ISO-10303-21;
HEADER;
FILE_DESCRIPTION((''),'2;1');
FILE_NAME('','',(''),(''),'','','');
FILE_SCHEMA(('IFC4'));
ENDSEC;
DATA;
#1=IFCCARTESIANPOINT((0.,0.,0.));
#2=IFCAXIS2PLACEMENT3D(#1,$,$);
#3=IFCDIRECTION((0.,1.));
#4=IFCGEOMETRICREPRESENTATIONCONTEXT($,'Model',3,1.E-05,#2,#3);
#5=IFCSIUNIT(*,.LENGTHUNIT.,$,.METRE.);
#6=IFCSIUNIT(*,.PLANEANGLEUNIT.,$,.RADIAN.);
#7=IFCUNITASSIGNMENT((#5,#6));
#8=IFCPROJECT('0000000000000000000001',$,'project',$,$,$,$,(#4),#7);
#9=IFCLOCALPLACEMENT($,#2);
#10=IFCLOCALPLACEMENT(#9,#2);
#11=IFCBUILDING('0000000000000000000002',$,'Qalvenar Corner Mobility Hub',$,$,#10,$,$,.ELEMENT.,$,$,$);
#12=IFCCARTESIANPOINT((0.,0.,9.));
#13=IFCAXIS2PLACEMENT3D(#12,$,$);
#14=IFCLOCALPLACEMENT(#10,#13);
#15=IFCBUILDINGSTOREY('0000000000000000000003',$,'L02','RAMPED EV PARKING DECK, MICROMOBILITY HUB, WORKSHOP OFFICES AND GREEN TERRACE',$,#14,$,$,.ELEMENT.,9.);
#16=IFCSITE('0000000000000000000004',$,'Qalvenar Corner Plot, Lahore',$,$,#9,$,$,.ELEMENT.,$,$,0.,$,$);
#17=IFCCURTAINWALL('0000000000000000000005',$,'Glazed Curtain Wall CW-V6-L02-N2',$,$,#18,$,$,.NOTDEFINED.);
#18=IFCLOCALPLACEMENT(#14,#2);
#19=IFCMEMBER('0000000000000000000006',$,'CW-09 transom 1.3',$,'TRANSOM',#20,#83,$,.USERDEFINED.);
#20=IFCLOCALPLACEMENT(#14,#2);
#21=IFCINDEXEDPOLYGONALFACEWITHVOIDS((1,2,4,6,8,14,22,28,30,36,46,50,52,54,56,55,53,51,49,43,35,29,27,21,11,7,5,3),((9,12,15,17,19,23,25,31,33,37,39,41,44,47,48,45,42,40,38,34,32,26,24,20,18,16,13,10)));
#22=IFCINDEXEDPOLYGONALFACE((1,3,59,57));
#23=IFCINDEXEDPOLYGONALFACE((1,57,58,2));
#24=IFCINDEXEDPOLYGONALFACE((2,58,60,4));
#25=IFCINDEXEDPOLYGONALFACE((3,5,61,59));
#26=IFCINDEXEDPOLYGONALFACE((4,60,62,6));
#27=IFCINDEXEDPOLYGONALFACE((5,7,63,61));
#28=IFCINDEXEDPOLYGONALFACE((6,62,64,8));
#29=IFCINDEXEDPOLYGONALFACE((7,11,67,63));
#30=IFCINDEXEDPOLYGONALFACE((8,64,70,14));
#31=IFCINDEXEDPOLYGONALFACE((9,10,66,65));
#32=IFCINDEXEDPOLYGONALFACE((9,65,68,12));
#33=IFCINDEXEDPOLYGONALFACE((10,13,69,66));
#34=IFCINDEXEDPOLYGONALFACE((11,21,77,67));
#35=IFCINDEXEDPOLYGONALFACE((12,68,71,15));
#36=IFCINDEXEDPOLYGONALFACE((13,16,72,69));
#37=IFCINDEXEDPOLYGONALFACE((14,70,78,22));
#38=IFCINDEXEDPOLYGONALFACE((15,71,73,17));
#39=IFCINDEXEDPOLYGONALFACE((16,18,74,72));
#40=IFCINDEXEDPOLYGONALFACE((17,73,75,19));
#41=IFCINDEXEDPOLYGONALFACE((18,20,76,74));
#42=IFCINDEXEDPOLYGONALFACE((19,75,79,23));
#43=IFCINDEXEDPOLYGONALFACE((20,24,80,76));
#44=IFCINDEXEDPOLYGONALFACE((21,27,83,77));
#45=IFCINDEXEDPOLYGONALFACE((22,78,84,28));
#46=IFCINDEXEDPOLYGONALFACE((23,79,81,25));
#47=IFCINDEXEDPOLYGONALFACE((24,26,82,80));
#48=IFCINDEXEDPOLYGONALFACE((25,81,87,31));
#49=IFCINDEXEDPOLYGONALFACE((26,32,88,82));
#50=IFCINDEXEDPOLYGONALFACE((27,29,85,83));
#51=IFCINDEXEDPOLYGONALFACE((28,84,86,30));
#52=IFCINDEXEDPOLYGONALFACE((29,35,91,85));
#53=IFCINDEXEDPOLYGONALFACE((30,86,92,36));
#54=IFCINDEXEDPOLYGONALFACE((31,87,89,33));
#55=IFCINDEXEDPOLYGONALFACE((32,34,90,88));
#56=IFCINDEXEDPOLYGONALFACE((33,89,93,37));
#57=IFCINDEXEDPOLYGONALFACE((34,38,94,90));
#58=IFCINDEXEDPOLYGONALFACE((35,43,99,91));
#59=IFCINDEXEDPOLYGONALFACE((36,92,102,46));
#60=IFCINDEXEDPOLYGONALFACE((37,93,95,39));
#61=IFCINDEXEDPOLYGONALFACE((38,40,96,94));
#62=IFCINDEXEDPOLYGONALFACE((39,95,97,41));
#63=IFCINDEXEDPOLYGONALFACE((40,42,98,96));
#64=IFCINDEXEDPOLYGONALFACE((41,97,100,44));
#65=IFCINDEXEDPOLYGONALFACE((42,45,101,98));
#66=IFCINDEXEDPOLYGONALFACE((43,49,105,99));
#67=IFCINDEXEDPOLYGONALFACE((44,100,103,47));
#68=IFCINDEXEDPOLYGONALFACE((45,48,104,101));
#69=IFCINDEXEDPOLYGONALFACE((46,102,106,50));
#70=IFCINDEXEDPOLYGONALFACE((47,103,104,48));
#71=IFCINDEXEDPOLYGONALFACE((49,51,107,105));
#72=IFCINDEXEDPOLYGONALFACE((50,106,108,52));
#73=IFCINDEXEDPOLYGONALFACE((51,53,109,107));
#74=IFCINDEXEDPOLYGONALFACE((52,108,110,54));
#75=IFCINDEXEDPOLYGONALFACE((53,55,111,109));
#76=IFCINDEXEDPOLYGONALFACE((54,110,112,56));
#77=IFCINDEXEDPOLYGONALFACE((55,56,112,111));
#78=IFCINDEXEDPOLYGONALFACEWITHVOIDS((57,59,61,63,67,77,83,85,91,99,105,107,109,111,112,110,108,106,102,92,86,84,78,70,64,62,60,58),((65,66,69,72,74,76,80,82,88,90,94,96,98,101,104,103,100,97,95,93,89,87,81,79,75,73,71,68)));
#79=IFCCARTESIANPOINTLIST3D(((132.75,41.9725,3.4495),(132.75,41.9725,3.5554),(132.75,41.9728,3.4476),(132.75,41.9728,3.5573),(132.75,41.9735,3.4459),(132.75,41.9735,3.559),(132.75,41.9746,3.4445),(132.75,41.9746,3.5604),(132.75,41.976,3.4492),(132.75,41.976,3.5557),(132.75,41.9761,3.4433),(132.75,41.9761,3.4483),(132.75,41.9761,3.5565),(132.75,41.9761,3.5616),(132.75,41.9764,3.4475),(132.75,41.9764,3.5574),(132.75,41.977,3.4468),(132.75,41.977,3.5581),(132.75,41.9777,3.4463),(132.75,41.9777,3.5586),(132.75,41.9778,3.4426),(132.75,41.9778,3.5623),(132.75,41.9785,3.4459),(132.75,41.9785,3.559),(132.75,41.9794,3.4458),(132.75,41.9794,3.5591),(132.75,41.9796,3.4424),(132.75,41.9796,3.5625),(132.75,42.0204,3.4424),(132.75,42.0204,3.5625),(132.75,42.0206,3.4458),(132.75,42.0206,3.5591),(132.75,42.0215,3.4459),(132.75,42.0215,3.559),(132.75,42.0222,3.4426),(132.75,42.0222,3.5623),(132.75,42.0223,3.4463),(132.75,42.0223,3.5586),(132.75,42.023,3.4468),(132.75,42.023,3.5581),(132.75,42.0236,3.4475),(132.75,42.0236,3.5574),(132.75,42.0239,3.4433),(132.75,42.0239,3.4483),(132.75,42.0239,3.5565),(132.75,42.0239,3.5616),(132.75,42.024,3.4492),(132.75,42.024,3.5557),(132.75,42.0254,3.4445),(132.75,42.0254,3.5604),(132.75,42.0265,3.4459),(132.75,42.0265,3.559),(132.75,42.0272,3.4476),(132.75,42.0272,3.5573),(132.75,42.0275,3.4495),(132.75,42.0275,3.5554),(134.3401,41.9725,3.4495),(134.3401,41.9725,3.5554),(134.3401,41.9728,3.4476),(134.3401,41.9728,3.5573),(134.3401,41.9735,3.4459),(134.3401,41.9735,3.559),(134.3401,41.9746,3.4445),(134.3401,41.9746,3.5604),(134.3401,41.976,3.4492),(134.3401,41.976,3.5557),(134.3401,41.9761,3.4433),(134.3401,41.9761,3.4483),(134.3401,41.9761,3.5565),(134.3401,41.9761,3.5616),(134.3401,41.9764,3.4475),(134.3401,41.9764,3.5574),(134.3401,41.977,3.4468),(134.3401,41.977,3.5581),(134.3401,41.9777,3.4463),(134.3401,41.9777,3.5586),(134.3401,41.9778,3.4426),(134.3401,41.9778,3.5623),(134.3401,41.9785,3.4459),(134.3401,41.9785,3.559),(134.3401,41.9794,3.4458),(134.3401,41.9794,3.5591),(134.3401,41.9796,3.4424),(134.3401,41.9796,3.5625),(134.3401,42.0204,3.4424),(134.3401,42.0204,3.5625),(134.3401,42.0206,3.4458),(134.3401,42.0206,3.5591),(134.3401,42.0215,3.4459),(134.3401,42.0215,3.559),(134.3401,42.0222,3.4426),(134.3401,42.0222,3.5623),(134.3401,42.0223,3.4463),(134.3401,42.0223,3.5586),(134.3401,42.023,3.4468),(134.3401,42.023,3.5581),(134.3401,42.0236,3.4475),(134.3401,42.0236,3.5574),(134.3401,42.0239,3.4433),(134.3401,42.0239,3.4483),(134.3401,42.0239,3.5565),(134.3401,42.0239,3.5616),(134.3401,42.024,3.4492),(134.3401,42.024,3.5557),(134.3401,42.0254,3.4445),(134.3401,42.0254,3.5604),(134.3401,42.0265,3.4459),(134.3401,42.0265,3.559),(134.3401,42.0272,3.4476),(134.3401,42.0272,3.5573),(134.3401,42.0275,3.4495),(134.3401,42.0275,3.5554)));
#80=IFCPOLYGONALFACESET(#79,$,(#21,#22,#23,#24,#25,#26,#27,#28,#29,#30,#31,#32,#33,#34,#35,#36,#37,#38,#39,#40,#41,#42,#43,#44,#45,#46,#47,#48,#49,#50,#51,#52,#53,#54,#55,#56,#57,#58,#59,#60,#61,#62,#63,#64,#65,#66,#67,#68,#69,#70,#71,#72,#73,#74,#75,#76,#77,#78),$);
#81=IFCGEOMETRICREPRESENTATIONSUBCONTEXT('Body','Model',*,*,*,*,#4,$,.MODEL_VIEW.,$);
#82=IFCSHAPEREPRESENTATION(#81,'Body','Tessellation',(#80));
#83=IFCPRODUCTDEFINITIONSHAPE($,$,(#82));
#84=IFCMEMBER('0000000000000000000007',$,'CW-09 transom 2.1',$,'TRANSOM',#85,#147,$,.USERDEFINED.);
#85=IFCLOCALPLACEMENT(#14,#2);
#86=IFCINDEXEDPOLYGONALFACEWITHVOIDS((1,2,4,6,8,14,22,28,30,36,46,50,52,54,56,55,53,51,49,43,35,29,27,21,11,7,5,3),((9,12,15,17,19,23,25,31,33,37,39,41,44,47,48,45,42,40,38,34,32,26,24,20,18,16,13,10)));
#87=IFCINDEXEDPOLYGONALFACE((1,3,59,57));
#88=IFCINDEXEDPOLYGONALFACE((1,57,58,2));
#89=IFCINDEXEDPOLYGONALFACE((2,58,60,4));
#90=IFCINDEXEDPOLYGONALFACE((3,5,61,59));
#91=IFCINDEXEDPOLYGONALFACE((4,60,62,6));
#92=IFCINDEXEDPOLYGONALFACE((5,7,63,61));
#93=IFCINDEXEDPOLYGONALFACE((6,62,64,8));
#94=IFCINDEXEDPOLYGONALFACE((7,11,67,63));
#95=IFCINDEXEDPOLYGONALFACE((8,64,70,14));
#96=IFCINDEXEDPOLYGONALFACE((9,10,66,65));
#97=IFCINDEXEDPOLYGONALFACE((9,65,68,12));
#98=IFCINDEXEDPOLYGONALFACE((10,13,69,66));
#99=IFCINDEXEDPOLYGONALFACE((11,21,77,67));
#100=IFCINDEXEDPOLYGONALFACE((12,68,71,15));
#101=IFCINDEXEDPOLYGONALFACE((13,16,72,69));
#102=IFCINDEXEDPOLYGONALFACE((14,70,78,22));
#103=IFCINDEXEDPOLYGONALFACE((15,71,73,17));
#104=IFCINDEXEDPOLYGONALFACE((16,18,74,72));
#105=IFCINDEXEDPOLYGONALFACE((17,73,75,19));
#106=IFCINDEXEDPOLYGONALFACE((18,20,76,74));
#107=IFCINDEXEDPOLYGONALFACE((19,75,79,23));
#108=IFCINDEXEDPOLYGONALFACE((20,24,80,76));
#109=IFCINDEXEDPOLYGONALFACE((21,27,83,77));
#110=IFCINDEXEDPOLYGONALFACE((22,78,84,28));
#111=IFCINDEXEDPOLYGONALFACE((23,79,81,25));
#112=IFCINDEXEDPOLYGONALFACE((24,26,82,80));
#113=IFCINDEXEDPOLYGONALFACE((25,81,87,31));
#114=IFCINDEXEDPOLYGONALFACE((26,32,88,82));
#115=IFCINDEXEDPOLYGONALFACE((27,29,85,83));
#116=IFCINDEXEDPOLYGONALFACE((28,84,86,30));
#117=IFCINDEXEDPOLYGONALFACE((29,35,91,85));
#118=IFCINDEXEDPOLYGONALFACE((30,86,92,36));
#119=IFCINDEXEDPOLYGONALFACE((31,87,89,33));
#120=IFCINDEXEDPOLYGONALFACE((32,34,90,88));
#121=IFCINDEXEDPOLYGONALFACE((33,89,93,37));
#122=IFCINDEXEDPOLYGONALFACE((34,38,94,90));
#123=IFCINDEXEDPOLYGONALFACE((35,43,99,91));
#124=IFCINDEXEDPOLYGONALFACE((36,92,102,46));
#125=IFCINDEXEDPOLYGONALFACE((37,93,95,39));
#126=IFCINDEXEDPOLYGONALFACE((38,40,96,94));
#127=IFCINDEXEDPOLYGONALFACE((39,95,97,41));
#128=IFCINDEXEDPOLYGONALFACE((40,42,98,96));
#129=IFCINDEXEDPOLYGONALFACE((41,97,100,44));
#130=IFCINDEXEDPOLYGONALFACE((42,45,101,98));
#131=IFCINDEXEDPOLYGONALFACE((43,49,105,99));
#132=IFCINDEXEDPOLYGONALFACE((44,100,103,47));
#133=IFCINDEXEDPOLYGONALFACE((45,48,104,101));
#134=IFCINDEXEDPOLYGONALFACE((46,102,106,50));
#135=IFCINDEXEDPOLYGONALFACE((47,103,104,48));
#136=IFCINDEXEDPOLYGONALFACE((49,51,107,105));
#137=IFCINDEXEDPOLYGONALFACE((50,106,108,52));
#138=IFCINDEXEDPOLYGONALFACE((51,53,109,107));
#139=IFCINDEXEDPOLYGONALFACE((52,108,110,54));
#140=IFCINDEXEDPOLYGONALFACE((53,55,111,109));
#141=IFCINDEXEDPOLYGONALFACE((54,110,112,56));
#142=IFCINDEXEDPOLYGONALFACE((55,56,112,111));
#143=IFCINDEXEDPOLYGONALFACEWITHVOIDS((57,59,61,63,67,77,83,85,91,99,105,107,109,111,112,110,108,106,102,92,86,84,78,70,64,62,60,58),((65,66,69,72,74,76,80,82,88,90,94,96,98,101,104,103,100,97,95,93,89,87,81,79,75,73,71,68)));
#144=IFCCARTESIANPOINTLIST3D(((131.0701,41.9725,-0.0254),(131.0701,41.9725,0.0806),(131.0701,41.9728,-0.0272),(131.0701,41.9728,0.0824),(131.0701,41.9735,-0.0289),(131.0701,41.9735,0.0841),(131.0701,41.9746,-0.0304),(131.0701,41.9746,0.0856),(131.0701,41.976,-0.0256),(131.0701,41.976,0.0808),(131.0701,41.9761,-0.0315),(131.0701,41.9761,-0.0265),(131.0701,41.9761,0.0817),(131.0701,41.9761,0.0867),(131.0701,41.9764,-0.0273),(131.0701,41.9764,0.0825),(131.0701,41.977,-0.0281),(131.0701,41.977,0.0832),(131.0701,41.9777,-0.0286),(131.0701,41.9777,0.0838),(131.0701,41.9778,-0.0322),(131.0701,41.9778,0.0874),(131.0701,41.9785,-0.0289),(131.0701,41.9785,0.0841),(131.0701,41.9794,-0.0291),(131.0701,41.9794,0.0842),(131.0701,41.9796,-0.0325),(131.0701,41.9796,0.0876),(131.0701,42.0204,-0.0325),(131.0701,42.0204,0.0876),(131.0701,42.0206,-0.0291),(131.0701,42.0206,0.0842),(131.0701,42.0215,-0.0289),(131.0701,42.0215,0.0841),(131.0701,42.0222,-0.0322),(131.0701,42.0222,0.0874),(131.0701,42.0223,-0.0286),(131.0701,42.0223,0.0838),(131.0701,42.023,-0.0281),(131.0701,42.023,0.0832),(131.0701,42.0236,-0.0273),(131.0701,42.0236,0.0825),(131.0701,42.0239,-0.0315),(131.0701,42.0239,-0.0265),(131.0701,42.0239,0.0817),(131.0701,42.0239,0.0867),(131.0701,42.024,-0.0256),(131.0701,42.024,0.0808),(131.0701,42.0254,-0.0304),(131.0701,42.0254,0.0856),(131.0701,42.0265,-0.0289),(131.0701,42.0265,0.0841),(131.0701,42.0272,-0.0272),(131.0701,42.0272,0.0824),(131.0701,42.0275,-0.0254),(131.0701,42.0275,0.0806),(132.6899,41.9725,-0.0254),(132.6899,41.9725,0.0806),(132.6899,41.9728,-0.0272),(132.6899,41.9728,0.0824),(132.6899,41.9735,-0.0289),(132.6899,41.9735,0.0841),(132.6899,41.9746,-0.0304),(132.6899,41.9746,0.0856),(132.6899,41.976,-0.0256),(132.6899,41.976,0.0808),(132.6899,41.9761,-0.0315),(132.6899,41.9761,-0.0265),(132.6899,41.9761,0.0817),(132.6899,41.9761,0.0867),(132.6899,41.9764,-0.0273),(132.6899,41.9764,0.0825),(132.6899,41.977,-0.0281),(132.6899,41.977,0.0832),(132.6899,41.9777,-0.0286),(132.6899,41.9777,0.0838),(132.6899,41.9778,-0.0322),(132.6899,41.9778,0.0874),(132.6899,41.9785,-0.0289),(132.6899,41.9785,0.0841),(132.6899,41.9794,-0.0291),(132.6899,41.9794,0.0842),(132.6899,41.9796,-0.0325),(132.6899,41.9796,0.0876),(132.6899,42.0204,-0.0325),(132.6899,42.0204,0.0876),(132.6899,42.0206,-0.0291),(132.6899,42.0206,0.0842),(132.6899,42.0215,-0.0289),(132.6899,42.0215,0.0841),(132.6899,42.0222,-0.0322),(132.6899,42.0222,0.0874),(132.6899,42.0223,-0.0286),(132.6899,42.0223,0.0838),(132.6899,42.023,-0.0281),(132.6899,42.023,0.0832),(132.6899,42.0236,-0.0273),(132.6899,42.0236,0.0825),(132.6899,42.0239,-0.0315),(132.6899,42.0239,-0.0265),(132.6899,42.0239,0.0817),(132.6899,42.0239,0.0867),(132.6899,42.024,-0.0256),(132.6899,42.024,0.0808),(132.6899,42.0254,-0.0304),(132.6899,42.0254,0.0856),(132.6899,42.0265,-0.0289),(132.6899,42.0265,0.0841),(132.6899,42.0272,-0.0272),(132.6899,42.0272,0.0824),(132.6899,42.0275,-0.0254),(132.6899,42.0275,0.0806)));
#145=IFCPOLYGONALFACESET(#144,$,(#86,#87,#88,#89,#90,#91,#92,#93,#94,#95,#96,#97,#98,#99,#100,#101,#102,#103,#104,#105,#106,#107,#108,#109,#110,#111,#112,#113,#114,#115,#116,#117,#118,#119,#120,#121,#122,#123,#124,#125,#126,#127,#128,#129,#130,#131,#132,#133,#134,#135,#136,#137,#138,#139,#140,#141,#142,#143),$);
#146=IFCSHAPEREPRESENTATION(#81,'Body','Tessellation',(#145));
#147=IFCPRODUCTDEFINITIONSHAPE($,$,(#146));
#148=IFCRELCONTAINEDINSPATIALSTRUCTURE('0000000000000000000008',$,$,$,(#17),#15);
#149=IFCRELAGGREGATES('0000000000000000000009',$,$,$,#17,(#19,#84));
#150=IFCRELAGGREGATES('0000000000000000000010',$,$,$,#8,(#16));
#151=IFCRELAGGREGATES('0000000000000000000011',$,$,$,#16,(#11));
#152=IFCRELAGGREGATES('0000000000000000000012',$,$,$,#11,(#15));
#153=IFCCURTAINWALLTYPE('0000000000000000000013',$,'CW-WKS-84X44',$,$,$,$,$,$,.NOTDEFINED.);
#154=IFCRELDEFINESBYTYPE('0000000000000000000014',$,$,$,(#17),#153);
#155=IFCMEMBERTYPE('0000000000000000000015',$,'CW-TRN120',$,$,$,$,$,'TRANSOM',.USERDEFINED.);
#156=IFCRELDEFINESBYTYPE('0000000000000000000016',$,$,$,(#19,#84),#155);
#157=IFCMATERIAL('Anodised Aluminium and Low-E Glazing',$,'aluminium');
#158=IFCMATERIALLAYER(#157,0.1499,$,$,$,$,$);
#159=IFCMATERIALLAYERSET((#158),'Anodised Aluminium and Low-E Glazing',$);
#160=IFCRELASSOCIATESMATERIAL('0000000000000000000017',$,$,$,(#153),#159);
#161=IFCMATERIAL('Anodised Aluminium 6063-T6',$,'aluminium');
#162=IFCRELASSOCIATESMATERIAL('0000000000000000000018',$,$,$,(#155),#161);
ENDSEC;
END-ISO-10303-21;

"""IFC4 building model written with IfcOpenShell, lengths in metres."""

from ifc_helpers import new_model, si_unit, direction, frame, origin, origin_2d, place, context, subcontext, project, spatial, hollow_rectangle, extrude, material, layer, layer_set, material_profile, profile_set, type_object, element, aggregate, save


model = new_model("IFC4")

# Units and contexts
model_context = context("Model", 3, precision=1e-05, world=origin(), true_north=direction((0.0, 1.0)))
body_context = subcontext(model_context, "Body", "Model", "MODEL_VIEW")
ifc_project = project(units=[si_unit("LENGTHUNIT", "METRE"), si_unit("PLANEANGLEUNIT", "RADIAN")], contexts=[model_context])

# Site, building, storey
site_placement = place(None, origin())
site = spatial("IfcSite", under=ifc_project, at=site_placement, Name="Qalvenar Corner Plot, Lahore", CompositionType="ELEMENT", RefElevation=0.0)
building_placement = place(site_placement, origin())
building = spatial("IfcBuilding", under=site, at=building_placement, Name="Qalvenar Corner Mobility Hub", CompositionType="ELEMENT")
storey_placement = place(building_placement, frame((0.0, 0.0, 9.0)))
storey = spatial("IfcBuildingStorey", under=building, at=storey_placement, Name="L02", Description="RAMPED EV PARKING DECK, MICROMOBILITY HUB, WORKSHOP OFFICES AND GREEN TERRACE", CompositionType="ELEMENT", Elevation=9.0)

# Curtain wall, members
ifc_material_1 = material(Name="Anodised Aluminium and Low-E Glazing", Category="aluminium")
ifc_layer_1 = layer(ifc_material_1, 0.1499)
ifc_layer_set_1 = layer_set([ifc_layer_1], Name="Anodised Aluminium and Low-E Glazing")
curtain_wall_type = type_object("IfcCurtainWallType", Name="CW-WKS-84X44", PredefinedType="NOTDEFINED", material=ifc_layer_set_1)
curtain_wall_placement = place(storey_placement, origin())
curtain_wall = element("IfcCurtainWall", 1, at=curtain_wall_placement, inside=storey, type_object=curtain_wall_type, Name="Glazed Curtain Wall CW-V6-L02-N2", PredefinedType="NOTDEFINED")
ifc_material_2 = material(Name="Anodised Aluminium 6063-T6", Category="aluminium")
ifc_material_profile_1 = material_profile(ifc_material_2, hollow_rectangle(XDim=0.0549, YDim=0.1201, WallThickness=0.0034, InnerFilletRadius=0.0034, OuterFilletRadius=0.0071, at=origin_2d()), Name="RHS120x55x3.5")
ifc_profile_set_1 = profile_set([ifc_material_profile_1], Name="Anodised Aluminium 6063-T6")
member_type_1 = type_object("IfcMemberType", Name="CW-TRN120", ElementType="TRANSOM", PredefinedType="USERDEFINED", material=ifc_profile_set_1)
member_1_placement = place(storey_placement, frame((134.3401, 42.0, 3.5024), z_axis=(-1.0, 0.0, 0.0), x_axis=(0.0, -1.0, 0.0)))
member_1 = element("IfcMember", 2, at=member_1_placement, type_object=member_type_1, Name="CW-09 transom 1.3", ObjectType="TRANSOM", PredefinedType="USERDEFINED", context=body_context, shape_type="SweptSolid", body=[
    extrude(hollow_rectangle(XDim=0.0549, YDim=0.1201, WallThickness=0.0034, InnerFilletRadius=0.0034, OuterFilletRadius=0.0071, at=origin_2d()), origin(), (0.0, 0.0, 1.0), 1.5901),
])
member_2_placement = place(storey_placement, frame((132.6899, 42.0, 0.0276), z_axis=(-1.0, 0.0, 0.0), x_axis=(0.0, -1.0, 0.0)))
member_2 = element("IfcMember", 3, at=member_2_placement, type_object=member_type_1, Name="CW-09 transom 2.1", ObjectType="TRANSOM", PredefinedType="USERDEFINED", context=body_context, shape_type="SweptSolid", body=[
    extrude(hollow_rectangle(XDim=0.0549, YDim=0.1201, WallThickness=0.0034, InnerFilletRadius=0.0034, OuterFilletRadius=0.0071, at=origin_2d()), origin(), (0.0, 0.0, 1.0), 1.6199),
])
aggregate(curtain_wall, [member_1, member_2])

save(model, "model.ifc")
